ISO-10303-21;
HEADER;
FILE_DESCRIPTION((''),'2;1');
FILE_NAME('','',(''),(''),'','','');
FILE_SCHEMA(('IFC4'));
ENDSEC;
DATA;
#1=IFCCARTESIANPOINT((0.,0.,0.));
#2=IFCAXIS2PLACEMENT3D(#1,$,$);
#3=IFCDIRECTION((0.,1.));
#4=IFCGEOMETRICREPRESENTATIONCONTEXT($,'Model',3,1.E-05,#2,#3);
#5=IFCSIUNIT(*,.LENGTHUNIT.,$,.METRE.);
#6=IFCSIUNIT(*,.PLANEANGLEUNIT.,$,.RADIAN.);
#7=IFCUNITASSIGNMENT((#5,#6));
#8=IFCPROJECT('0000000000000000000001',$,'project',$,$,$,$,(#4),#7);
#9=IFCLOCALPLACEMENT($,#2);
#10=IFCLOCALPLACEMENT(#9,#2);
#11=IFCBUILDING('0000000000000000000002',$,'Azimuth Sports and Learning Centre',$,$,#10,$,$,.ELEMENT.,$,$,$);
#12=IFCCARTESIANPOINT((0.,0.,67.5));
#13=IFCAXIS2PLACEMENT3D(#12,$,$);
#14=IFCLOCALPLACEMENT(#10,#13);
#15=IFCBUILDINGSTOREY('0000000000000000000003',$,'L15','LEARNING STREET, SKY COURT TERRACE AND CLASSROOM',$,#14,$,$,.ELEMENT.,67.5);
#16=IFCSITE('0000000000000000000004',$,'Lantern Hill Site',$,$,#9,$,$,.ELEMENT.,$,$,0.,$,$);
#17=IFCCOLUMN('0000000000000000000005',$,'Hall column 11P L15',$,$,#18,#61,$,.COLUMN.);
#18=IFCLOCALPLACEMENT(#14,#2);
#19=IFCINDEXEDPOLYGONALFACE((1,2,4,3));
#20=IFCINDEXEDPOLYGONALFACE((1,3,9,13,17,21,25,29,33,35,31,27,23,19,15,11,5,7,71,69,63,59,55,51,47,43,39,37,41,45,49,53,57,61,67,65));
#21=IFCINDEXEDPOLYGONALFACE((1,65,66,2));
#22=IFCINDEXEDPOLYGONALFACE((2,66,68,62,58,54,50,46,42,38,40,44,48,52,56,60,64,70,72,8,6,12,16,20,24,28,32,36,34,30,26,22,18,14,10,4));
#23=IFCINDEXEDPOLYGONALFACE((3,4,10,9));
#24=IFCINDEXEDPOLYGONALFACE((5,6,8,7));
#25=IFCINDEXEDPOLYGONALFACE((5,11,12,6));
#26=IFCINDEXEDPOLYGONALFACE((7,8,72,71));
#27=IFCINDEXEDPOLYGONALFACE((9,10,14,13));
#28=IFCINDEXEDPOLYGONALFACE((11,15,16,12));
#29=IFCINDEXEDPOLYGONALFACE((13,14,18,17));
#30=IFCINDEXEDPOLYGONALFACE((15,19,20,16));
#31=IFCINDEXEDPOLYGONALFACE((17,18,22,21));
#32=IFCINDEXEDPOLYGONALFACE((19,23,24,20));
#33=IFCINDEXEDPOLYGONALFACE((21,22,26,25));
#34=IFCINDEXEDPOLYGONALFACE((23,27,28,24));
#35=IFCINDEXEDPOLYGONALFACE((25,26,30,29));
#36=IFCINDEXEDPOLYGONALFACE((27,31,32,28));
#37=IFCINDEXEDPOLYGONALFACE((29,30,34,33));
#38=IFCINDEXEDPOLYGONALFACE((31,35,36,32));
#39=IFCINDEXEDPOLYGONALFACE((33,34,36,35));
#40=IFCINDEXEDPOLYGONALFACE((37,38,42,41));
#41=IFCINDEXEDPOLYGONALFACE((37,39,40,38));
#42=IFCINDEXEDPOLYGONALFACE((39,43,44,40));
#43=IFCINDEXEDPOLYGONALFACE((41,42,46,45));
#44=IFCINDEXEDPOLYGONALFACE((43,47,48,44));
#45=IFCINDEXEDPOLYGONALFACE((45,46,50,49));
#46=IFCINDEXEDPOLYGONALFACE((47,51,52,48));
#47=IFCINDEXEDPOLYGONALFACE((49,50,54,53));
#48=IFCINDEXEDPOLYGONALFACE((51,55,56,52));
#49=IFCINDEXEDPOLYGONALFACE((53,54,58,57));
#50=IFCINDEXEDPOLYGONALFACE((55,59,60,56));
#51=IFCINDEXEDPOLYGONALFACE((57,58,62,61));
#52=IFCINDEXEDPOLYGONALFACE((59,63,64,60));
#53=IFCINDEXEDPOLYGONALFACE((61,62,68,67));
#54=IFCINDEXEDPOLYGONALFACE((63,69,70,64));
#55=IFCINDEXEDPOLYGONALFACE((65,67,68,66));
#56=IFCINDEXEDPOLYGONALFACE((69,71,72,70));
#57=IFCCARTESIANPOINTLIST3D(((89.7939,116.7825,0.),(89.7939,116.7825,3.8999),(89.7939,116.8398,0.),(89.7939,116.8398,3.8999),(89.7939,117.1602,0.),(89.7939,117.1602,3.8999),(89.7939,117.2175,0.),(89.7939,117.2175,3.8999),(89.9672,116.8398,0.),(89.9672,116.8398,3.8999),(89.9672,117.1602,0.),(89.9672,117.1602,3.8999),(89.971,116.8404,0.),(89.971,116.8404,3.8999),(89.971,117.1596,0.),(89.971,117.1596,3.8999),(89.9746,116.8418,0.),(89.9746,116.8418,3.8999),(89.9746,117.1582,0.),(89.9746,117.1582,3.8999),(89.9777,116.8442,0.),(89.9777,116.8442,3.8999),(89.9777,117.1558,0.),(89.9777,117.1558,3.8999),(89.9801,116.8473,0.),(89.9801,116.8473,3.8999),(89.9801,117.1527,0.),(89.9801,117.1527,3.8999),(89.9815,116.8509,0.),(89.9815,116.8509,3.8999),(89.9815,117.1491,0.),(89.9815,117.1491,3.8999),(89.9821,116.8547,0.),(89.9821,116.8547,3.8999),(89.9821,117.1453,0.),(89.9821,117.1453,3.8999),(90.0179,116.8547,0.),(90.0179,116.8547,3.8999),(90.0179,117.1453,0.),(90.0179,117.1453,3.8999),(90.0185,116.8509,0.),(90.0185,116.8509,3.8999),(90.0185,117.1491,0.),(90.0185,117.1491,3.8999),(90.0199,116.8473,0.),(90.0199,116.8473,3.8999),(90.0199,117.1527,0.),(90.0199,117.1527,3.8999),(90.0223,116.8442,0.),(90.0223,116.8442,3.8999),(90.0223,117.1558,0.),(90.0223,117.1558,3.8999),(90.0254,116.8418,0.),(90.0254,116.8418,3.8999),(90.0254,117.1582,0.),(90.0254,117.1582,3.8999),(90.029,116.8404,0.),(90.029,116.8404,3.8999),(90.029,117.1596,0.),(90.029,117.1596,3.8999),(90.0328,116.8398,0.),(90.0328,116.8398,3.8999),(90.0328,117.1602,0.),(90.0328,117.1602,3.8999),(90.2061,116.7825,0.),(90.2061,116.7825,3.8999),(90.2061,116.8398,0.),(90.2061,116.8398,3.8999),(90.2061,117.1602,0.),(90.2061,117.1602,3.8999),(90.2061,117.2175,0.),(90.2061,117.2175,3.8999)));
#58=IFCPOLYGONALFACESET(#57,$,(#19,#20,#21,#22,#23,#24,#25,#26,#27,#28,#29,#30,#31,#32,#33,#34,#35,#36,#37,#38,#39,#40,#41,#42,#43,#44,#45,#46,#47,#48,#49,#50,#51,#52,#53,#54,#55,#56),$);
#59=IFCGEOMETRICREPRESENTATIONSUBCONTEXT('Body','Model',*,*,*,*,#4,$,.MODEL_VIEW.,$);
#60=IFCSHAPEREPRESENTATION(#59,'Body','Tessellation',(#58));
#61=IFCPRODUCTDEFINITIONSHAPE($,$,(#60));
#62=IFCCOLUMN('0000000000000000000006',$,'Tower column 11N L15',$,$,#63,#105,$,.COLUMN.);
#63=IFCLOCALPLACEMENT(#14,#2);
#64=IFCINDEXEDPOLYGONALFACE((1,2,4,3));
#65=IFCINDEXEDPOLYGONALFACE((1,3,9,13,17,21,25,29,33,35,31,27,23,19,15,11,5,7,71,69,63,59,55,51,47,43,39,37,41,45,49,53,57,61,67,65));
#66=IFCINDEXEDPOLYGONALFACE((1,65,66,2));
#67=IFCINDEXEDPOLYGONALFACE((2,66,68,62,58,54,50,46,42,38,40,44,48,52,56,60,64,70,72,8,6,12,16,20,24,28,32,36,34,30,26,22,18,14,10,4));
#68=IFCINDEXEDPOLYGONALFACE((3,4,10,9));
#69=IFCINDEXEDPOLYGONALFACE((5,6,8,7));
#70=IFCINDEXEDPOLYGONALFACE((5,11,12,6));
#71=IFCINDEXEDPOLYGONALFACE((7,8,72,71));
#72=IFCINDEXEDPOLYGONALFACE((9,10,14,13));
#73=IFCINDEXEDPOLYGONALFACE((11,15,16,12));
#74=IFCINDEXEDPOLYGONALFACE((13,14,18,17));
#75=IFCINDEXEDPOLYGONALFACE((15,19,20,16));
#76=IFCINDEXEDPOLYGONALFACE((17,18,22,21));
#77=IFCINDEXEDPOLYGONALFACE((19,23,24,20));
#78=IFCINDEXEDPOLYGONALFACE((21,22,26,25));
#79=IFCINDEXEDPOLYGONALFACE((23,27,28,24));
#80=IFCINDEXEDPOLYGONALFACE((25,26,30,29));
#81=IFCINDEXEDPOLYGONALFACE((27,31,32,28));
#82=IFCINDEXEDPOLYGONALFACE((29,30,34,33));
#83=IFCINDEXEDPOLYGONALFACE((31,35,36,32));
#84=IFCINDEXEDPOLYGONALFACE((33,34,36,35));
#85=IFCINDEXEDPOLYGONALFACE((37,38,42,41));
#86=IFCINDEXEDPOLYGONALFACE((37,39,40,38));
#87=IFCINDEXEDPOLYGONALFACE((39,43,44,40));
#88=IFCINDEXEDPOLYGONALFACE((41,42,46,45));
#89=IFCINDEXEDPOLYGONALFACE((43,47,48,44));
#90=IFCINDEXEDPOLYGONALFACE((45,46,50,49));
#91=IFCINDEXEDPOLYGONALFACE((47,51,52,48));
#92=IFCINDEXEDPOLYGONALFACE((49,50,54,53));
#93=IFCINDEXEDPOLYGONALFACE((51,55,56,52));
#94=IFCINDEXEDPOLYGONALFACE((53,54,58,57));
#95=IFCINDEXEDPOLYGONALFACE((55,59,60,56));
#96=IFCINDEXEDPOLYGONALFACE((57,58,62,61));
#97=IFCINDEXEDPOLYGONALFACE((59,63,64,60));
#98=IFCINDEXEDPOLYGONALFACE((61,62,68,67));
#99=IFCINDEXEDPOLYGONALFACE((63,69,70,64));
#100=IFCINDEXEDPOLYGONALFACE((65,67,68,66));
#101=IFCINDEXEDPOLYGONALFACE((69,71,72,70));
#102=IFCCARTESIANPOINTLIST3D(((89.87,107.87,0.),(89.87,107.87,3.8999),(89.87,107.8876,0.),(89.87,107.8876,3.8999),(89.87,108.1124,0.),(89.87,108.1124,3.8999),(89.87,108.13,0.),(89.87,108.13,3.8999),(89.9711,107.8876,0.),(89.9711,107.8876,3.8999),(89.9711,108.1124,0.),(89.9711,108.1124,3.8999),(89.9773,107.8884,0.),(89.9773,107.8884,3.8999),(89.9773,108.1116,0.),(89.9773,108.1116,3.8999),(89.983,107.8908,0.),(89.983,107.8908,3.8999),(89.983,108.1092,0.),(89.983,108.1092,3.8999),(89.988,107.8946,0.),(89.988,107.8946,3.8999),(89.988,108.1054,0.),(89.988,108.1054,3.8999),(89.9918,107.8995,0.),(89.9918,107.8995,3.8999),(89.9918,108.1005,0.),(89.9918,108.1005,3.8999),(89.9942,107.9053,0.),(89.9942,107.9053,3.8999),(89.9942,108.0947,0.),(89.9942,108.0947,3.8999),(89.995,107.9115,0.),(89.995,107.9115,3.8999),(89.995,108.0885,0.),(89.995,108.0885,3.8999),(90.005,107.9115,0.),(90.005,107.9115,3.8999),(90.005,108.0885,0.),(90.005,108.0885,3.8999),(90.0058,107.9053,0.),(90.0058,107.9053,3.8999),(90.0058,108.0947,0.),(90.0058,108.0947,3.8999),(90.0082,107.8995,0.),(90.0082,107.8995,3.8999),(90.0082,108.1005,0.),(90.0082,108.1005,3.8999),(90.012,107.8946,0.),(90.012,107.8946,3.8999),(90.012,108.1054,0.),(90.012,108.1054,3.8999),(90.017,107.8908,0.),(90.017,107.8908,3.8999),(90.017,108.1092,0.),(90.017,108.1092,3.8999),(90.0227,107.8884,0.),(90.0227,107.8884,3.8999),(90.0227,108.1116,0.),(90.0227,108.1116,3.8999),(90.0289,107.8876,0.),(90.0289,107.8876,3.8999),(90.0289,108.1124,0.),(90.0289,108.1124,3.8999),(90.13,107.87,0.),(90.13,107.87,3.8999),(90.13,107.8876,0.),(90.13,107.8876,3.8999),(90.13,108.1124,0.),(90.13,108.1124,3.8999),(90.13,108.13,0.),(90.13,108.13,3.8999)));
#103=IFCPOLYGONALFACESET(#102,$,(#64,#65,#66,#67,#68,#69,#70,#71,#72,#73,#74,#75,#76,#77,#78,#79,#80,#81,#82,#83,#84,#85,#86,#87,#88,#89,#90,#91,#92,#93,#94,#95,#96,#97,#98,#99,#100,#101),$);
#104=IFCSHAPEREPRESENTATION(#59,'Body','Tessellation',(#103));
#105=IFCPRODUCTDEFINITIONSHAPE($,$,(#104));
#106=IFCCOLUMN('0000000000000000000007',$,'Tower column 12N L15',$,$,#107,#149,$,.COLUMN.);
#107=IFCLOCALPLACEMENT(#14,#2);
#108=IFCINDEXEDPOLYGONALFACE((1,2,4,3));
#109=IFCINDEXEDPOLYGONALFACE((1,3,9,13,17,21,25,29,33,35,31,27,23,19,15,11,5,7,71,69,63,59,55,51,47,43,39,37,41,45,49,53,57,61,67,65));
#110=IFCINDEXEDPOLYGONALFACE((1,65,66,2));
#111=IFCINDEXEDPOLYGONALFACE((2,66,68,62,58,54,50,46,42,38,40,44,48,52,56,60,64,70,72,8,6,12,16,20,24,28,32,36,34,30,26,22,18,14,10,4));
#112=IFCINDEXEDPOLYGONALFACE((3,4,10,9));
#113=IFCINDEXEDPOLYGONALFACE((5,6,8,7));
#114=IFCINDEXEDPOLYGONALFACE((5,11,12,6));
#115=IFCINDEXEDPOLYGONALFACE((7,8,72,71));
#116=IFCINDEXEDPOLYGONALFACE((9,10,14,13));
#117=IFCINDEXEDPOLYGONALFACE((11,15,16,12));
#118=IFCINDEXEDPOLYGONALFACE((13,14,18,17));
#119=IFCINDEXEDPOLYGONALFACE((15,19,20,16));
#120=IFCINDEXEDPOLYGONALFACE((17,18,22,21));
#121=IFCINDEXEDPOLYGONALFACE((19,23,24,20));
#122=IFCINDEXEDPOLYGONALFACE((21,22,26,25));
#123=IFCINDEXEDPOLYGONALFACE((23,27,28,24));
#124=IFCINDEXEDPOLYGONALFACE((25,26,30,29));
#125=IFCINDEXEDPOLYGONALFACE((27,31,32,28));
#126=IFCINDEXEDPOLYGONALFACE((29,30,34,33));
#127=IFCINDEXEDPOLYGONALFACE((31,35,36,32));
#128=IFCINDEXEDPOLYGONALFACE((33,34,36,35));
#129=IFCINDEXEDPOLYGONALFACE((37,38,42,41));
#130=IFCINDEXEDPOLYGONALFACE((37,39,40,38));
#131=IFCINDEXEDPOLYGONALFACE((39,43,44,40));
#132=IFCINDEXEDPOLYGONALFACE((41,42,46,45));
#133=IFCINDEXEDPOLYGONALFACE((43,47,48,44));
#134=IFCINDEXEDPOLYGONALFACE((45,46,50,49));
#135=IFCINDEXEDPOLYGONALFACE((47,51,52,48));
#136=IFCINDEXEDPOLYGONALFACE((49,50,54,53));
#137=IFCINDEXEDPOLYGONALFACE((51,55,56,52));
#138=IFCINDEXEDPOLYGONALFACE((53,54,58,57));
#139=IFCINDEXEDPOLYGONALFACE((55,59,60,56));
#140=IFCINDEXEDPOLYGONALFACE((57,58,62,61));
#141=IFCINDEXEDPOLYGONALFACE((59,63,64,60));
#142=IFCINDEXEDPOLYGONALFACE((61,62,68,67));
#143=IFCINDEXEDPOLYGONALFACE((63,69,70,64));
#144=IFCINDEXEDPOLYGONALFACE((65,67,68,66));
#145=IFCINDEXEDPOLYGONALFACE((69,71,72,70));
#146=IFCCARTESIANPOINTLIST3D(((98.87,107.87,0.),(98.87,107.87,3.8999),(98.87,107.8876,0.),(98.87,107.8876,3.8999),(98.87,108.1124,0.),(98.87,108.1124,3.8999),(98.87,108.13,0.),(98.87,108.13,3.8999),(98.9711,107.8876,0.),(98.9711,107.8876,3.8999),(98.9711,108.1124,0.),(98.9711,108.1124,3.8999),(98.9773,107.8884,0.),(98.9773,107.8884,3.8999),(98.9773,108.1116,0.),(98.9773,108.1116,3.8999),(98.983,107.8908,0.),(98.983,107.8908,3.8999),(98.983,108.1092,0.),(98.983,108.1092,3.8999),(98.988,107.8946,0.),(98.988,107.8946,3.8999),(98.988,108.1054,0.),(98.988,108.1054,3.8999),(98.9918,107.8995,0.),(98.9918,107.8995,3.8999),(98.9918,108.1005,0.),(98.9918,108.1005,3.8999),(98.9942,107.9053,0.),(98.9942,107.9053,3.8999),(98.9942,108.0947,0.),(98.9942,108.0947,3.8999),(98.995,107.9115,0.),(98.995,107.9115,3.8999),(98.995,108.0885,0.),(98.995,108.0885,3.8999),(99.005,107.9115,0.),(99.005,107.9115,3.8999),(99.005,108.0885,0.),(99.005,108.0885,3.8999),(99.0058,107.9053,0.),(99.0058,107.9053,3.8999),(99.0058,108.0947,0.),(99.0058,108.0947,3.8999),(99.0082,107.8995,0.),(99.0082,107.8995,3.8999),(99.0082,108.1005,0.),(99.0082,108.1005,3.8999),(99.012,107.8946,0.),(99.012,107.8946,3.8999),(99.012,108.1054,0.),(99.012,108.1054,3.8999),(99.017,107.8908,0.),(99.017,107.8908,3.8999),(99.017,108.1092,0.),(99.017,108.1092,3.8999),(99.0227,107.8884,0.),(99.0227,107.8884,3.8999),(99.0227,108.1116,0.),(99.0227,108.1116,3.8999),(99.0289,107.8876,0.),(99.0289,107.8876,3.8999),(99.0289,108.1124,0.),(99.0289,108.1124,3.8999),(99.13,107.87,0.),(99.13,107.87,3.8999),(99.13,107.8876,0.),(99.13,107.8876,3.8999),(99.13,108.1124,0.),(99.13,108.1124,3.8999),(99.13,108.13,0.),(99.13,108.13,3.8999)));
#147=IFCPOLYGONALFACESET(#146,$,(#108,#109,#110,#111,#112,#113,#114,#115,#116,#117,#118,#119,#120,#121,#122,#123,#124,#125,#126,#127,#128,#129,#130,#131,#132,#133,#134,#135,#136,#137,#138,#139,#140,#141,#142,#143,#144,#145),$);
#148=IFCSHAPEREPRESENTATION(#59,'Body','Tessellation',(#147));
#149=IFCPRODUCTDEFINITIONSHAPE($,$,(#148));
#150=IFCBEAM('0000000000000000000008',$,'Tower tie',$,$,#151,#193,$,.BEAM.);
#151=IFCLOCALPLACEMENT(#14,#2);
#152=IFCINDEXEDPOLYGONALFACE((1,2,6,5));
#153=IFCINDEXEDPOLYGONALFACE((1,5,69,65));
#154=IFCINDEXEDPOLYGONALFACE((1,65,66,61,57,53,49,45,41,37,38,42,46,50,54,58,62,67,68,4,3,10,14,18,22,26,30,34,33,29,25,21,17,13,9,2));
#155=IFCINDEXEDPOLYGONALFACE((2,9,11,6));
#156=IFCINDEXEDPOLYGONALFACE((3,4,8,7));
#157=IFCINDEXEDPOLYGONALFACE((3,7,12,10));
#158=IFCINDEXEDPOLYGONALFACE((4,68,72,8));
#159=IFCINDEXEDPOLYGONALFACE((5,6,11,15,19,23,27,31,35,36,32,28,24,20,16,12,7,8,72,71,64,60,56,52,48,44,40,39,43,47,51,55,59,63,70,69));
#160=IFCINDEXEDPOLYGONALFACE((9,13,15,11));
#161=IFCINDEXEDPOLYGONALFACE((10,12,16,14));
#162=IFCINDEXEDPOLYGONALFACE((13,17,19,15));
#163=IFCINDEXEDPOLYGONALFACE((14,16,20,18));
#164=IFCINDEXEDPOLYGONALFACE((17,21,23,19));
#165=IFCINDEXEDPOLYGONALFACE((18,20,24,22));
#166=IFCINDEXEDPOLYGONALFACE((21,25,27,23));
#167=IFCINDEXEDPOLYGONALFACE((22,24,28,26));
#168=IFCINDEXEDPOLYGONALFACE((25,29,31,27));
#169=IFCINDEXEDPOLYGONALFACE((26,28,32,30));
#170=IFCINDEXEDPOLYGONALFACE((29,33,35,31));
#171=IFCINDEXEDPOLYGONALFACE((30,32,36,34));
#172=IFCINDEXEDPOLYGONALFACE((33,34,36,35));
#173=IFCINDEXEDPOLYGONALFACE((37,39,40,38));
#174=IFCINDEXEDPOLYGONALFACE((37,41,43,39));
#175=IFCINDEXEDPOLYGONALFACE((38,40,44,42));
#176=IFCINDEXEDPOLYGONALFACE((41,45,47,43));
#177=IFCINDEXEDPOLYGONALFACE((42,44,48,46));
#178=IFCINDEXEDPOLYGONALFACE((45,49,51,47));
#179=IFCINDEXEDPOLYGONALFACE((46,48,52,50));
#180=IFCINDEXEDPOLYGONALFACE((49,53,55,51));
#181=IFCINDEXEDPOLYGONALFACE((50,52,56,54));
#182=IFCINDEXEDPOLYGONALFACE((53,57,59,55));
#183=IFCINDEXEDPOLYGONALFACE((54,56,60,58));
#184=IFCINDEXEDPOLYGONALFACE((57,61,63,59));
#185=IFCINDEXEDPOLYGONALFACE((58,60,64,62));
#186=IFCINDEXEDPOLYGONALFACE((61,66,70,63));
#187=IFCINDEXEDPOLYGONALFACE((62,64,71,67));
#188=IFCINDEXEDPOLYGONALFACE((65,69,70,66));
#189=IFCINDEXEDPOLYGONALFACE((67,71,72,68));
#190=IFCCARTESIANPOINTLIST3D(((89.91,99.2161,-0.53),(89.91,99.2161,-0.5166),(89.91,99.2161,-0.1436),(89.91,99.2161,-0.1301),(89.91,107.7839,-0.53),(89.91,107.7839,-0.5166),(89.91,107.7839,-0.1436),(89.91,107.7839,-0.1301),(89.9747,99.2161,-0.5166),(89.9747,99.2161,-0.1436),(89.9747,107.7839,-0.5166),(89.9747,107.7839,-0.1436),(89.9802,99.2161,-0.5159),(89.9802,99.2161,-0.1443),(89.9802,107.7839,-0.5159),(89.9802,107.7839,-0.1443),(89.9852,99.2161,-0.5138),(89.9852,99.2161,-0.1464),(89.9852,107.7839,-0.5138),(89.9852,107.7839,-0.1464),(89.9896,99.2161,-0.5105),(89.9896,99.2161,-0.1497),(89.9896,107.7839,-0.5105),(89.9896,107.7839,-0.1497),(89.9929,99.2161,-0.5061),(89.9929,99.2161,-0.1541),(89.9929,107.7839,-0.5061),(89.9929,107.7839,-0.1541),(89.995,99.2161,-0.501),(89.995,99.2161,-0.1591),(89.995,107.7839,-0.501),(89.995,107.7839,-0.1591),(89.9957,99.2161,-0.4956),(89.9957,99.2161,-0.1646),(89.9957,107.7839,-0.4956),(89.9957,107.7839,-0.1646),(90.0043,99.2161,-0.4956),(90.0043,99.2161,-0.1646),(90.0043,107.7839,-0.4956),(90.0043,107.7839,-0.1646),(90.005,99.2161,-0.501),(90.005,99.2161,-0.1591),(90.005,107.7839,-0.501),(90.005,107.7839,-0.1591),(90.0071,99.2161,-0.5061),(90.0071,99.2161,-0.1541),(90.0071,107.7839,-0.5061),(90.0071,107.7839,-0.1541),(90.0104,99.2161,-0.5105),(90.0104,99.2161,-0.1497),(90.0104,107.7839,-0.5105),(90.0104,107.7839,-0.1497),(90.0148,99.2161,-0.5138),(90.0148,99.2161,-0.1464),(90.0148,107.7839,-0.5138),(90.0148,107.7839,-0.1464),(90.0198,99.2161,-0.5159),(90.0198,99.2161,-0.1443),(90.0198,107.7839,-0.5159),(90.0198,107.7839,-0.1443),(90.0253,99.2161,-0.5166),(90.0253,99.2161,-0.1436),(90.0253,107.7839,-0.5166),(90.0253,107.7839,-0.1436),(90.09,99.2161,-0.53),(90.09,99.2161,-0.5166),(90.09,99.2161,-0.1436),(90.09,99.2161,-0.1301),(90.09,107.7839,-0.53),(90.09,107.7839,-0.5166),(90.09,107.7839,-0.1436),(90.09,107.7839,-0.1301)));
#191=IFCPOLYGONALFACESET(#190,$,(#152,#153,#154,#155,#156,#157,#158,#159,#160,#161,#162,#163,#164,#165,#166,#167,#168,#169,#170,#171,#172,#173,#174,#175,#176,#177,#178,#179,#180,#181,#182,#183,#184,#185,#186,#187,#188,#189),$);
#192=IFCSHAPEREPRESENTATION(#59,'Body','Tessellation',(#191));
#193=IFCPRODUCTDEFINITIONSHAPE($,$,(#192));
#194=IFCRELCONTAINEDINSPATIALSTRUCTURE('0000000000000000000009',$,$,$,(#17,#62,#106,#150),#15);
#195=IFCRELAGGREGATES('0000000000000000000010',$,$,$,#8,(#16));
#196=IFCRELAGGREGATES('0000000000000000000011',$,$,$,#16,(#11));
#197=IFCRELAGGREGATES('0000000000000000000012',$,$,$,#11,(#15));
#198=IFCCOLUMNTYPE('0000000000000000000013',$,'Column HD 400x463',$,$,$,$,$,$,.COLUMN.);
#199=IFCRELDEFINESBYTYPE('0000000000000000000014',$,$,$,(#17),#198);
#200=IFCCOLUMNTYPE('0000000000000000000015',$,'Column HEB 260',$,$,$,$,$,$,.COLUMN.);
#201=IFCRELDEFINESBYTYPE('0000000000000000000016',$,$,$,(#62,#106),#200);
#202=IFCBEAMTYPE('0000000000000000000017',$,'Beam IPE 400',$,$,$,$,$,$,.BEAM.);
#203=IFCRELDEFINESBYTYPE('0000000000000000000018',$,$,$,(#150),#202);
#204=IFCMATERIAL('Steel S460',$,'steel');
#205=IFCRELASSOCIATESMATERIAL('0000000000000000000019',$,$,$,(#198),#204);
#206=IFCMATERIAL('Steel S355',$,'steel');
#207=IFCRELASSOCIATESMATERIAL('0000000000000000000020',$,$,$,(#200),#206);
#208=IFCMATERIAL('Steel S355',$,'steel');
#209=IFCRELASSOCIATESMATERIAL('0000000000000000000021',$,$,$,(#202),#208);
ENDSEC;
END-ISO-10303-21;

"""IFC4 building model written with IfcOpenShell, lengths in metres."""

from ifc_helpers import new_model, si_unit, direction, frame, origin, origin_2d, place, context, subcontext, project, spatial, i_section, extrude, material, material_profile, profile_set, type_object, element, save


model = new_model("IFC4")

# Units and contexts
model_context = context("Model", 3, precision=1e-05, world=origin(), true_north=direction((0.0, 1.0)))
body_context = subcontext(model_context, "Body", "Model", "MODEL_VIEW")
ifc_project = project(units=[si_unit("LENGTHUNIT", "METRE"), si_unit("PLANEANGLEUNIT", "RADIAN")], contexts=[model_context])

# Site, building, storey
site_placement = place(None, origin())
site = spatial("IfcSite", under=ifc_project, at=site_placement, Name="Lantern Hill Site", CompositionType="ELEMENT", RefElevation=0.0)
building_placement = place(site_placement, origin())
building = spatial("IfcBuilding", under=site, at=building_placement, Name="Azimuth Sports and Learning Centre", CompositionType="ELEMENT")
storey_placement = place(building_placement, frame((0.0, 0.0, 67.5)))
storey = spatial("IfcBuildingStorey", under=building, at=storey_placement, Name="L15", Description="LEARNING STREET, SKY COURT TERRACE AND CLASSROOM", CompositionType="ELEMENT", Elevation=67.5)

# Columns
ifc_material_1 = material(Name="Steel S460", Category="steel")
ifc_material_profile_1 = material_profile(ifc_material_1, i_section(OverallWidth=0.4121, OverallDepth=0.4351, WebThickness=0.0359, FlangeThickness=0.0574, FilletRadius=0.0149, at=origin_2d()), Name="HD 400x463")
ifc_profile_set_1 = profile_set([ifc_material_profile_1], Name="Steel S460")
column_type_1 = type_object("IfcColumnType", Name="Column HD 400x463", PredefinedType="COLUMN", material=ifc_profile_set_1)
column_placement = place(storey_placement, frame((90.0, 117.0, 0.0), z_axis=(0.0, 0.0, 1.0), x_axis=(1.0, 0.0, 0.0)))
element("IfcColumn", 1, at=column_placement, inside=storey, type_object=column_type_1, Name="Hall column 11P L15", PredefinedType="COLUMN", context=body_context, shape_type="SweptSolid", body=[
    extrude(i_section(OverallWidth=0.4121, OverallDepth=0.4351, WebThickness=0.0359, FlangeThickness=0.0574, FilletRadius=0.0149, at=origin_2d()), origin(), (0.0, 0.0, 1.0), 3.8999),
])
ifc_material_2 = material(Name="Steel S355", Category="steel")
ifc_material_profile_2 = material_profile(ifc_material_2, i_section(OverallWidth=0.26, OverallDepth=0.26, WebThickness=0.01, FlangeThickness=0.0176, FilletRadius=0.0239, at=origin_2d()), Name="HEB 260")
ifc_profile_set_2 = profile_set([ifc_material_profile_2], Name="Steel S355")
column_type_2 = type_object("IfcColumnType", Name="Column HEB 260", PredefinedType="COLUMN", material=ifc_profile_set_2)
for number, where, z_axis, x_axis, name in (
    (2, (90.0, 108.0, 0.0), (0.0, 0.0, 1.0), (1.0, 0.0, 0.0), "Tower column 11N L15"),
    (3, (99.0, 108.0, 0.0), (0.0, 0.0, 1.0), (1.0, 0.0, 0.0), "Tower column 12N L15"),
):
    element("IfcColumn", number, at=place(storey_placement, frame(where, z_axis=z_axis, x_axis=x_axis)), inside=storey, type_object=column_type_2, Name=name, PredefinedType="COLUMN", context=body_context, shape_type="SweptSolid", body=[
        extrude(i_section(OverallWidth=0.26, OverallDepth=0.26, WebThickness=0.01, FlangeThickness=0.0176, FilletRadius=0.0239, at=origin_2d()), origin(), (0.0, 0.0, 1.0), 3.8999),
    ])

# Beam
ifc_material_3 = material(Name="Steel S355", Category="steel")
ifc_material_profile_3 = material_profile(ifc_material_3, i_section(OverallWidth=0.1799, OverallDepth=0.3999, WebThickness=0.0085, FlangeThickness=0.0134, FilletRadius=0.021, at=origin_2d()), Name="IPE 400")
ifc_profile_set_3 = profile_set([ifc_material_profile_3], Name="Steel S355")
beam_type_1 = type_object("IfcBeamType", Name="Beam IPE 400", PredefinedType="BEAM", material=ifc_profile_set_3)
beam_1_placement = place(storey_placement, frame((90.0, 99.2161, -0.3301), z_axis=(0.0, 1.0, 0.0), x_axis=(-1.0, 0.0, 0.0)))
element("IfcBeam", 4, at=beam_1_placement, inside=storey, type_object=beam_type_1, Name="Tower tie", PredefinedType="BEAM", context=body_context, shape_type="SweptSolid", body=[
    extrude(i_section(OverallWidth=0.1799, OverallDepth=0.3999, WebThickness=0.0085, FlangeThickness=0.0134, FilletRadius=0.021, at=origin_2d()), origin(), (0.0, 0.0, 1.0), 8.5679),
])

save(model, "model.ifc")
